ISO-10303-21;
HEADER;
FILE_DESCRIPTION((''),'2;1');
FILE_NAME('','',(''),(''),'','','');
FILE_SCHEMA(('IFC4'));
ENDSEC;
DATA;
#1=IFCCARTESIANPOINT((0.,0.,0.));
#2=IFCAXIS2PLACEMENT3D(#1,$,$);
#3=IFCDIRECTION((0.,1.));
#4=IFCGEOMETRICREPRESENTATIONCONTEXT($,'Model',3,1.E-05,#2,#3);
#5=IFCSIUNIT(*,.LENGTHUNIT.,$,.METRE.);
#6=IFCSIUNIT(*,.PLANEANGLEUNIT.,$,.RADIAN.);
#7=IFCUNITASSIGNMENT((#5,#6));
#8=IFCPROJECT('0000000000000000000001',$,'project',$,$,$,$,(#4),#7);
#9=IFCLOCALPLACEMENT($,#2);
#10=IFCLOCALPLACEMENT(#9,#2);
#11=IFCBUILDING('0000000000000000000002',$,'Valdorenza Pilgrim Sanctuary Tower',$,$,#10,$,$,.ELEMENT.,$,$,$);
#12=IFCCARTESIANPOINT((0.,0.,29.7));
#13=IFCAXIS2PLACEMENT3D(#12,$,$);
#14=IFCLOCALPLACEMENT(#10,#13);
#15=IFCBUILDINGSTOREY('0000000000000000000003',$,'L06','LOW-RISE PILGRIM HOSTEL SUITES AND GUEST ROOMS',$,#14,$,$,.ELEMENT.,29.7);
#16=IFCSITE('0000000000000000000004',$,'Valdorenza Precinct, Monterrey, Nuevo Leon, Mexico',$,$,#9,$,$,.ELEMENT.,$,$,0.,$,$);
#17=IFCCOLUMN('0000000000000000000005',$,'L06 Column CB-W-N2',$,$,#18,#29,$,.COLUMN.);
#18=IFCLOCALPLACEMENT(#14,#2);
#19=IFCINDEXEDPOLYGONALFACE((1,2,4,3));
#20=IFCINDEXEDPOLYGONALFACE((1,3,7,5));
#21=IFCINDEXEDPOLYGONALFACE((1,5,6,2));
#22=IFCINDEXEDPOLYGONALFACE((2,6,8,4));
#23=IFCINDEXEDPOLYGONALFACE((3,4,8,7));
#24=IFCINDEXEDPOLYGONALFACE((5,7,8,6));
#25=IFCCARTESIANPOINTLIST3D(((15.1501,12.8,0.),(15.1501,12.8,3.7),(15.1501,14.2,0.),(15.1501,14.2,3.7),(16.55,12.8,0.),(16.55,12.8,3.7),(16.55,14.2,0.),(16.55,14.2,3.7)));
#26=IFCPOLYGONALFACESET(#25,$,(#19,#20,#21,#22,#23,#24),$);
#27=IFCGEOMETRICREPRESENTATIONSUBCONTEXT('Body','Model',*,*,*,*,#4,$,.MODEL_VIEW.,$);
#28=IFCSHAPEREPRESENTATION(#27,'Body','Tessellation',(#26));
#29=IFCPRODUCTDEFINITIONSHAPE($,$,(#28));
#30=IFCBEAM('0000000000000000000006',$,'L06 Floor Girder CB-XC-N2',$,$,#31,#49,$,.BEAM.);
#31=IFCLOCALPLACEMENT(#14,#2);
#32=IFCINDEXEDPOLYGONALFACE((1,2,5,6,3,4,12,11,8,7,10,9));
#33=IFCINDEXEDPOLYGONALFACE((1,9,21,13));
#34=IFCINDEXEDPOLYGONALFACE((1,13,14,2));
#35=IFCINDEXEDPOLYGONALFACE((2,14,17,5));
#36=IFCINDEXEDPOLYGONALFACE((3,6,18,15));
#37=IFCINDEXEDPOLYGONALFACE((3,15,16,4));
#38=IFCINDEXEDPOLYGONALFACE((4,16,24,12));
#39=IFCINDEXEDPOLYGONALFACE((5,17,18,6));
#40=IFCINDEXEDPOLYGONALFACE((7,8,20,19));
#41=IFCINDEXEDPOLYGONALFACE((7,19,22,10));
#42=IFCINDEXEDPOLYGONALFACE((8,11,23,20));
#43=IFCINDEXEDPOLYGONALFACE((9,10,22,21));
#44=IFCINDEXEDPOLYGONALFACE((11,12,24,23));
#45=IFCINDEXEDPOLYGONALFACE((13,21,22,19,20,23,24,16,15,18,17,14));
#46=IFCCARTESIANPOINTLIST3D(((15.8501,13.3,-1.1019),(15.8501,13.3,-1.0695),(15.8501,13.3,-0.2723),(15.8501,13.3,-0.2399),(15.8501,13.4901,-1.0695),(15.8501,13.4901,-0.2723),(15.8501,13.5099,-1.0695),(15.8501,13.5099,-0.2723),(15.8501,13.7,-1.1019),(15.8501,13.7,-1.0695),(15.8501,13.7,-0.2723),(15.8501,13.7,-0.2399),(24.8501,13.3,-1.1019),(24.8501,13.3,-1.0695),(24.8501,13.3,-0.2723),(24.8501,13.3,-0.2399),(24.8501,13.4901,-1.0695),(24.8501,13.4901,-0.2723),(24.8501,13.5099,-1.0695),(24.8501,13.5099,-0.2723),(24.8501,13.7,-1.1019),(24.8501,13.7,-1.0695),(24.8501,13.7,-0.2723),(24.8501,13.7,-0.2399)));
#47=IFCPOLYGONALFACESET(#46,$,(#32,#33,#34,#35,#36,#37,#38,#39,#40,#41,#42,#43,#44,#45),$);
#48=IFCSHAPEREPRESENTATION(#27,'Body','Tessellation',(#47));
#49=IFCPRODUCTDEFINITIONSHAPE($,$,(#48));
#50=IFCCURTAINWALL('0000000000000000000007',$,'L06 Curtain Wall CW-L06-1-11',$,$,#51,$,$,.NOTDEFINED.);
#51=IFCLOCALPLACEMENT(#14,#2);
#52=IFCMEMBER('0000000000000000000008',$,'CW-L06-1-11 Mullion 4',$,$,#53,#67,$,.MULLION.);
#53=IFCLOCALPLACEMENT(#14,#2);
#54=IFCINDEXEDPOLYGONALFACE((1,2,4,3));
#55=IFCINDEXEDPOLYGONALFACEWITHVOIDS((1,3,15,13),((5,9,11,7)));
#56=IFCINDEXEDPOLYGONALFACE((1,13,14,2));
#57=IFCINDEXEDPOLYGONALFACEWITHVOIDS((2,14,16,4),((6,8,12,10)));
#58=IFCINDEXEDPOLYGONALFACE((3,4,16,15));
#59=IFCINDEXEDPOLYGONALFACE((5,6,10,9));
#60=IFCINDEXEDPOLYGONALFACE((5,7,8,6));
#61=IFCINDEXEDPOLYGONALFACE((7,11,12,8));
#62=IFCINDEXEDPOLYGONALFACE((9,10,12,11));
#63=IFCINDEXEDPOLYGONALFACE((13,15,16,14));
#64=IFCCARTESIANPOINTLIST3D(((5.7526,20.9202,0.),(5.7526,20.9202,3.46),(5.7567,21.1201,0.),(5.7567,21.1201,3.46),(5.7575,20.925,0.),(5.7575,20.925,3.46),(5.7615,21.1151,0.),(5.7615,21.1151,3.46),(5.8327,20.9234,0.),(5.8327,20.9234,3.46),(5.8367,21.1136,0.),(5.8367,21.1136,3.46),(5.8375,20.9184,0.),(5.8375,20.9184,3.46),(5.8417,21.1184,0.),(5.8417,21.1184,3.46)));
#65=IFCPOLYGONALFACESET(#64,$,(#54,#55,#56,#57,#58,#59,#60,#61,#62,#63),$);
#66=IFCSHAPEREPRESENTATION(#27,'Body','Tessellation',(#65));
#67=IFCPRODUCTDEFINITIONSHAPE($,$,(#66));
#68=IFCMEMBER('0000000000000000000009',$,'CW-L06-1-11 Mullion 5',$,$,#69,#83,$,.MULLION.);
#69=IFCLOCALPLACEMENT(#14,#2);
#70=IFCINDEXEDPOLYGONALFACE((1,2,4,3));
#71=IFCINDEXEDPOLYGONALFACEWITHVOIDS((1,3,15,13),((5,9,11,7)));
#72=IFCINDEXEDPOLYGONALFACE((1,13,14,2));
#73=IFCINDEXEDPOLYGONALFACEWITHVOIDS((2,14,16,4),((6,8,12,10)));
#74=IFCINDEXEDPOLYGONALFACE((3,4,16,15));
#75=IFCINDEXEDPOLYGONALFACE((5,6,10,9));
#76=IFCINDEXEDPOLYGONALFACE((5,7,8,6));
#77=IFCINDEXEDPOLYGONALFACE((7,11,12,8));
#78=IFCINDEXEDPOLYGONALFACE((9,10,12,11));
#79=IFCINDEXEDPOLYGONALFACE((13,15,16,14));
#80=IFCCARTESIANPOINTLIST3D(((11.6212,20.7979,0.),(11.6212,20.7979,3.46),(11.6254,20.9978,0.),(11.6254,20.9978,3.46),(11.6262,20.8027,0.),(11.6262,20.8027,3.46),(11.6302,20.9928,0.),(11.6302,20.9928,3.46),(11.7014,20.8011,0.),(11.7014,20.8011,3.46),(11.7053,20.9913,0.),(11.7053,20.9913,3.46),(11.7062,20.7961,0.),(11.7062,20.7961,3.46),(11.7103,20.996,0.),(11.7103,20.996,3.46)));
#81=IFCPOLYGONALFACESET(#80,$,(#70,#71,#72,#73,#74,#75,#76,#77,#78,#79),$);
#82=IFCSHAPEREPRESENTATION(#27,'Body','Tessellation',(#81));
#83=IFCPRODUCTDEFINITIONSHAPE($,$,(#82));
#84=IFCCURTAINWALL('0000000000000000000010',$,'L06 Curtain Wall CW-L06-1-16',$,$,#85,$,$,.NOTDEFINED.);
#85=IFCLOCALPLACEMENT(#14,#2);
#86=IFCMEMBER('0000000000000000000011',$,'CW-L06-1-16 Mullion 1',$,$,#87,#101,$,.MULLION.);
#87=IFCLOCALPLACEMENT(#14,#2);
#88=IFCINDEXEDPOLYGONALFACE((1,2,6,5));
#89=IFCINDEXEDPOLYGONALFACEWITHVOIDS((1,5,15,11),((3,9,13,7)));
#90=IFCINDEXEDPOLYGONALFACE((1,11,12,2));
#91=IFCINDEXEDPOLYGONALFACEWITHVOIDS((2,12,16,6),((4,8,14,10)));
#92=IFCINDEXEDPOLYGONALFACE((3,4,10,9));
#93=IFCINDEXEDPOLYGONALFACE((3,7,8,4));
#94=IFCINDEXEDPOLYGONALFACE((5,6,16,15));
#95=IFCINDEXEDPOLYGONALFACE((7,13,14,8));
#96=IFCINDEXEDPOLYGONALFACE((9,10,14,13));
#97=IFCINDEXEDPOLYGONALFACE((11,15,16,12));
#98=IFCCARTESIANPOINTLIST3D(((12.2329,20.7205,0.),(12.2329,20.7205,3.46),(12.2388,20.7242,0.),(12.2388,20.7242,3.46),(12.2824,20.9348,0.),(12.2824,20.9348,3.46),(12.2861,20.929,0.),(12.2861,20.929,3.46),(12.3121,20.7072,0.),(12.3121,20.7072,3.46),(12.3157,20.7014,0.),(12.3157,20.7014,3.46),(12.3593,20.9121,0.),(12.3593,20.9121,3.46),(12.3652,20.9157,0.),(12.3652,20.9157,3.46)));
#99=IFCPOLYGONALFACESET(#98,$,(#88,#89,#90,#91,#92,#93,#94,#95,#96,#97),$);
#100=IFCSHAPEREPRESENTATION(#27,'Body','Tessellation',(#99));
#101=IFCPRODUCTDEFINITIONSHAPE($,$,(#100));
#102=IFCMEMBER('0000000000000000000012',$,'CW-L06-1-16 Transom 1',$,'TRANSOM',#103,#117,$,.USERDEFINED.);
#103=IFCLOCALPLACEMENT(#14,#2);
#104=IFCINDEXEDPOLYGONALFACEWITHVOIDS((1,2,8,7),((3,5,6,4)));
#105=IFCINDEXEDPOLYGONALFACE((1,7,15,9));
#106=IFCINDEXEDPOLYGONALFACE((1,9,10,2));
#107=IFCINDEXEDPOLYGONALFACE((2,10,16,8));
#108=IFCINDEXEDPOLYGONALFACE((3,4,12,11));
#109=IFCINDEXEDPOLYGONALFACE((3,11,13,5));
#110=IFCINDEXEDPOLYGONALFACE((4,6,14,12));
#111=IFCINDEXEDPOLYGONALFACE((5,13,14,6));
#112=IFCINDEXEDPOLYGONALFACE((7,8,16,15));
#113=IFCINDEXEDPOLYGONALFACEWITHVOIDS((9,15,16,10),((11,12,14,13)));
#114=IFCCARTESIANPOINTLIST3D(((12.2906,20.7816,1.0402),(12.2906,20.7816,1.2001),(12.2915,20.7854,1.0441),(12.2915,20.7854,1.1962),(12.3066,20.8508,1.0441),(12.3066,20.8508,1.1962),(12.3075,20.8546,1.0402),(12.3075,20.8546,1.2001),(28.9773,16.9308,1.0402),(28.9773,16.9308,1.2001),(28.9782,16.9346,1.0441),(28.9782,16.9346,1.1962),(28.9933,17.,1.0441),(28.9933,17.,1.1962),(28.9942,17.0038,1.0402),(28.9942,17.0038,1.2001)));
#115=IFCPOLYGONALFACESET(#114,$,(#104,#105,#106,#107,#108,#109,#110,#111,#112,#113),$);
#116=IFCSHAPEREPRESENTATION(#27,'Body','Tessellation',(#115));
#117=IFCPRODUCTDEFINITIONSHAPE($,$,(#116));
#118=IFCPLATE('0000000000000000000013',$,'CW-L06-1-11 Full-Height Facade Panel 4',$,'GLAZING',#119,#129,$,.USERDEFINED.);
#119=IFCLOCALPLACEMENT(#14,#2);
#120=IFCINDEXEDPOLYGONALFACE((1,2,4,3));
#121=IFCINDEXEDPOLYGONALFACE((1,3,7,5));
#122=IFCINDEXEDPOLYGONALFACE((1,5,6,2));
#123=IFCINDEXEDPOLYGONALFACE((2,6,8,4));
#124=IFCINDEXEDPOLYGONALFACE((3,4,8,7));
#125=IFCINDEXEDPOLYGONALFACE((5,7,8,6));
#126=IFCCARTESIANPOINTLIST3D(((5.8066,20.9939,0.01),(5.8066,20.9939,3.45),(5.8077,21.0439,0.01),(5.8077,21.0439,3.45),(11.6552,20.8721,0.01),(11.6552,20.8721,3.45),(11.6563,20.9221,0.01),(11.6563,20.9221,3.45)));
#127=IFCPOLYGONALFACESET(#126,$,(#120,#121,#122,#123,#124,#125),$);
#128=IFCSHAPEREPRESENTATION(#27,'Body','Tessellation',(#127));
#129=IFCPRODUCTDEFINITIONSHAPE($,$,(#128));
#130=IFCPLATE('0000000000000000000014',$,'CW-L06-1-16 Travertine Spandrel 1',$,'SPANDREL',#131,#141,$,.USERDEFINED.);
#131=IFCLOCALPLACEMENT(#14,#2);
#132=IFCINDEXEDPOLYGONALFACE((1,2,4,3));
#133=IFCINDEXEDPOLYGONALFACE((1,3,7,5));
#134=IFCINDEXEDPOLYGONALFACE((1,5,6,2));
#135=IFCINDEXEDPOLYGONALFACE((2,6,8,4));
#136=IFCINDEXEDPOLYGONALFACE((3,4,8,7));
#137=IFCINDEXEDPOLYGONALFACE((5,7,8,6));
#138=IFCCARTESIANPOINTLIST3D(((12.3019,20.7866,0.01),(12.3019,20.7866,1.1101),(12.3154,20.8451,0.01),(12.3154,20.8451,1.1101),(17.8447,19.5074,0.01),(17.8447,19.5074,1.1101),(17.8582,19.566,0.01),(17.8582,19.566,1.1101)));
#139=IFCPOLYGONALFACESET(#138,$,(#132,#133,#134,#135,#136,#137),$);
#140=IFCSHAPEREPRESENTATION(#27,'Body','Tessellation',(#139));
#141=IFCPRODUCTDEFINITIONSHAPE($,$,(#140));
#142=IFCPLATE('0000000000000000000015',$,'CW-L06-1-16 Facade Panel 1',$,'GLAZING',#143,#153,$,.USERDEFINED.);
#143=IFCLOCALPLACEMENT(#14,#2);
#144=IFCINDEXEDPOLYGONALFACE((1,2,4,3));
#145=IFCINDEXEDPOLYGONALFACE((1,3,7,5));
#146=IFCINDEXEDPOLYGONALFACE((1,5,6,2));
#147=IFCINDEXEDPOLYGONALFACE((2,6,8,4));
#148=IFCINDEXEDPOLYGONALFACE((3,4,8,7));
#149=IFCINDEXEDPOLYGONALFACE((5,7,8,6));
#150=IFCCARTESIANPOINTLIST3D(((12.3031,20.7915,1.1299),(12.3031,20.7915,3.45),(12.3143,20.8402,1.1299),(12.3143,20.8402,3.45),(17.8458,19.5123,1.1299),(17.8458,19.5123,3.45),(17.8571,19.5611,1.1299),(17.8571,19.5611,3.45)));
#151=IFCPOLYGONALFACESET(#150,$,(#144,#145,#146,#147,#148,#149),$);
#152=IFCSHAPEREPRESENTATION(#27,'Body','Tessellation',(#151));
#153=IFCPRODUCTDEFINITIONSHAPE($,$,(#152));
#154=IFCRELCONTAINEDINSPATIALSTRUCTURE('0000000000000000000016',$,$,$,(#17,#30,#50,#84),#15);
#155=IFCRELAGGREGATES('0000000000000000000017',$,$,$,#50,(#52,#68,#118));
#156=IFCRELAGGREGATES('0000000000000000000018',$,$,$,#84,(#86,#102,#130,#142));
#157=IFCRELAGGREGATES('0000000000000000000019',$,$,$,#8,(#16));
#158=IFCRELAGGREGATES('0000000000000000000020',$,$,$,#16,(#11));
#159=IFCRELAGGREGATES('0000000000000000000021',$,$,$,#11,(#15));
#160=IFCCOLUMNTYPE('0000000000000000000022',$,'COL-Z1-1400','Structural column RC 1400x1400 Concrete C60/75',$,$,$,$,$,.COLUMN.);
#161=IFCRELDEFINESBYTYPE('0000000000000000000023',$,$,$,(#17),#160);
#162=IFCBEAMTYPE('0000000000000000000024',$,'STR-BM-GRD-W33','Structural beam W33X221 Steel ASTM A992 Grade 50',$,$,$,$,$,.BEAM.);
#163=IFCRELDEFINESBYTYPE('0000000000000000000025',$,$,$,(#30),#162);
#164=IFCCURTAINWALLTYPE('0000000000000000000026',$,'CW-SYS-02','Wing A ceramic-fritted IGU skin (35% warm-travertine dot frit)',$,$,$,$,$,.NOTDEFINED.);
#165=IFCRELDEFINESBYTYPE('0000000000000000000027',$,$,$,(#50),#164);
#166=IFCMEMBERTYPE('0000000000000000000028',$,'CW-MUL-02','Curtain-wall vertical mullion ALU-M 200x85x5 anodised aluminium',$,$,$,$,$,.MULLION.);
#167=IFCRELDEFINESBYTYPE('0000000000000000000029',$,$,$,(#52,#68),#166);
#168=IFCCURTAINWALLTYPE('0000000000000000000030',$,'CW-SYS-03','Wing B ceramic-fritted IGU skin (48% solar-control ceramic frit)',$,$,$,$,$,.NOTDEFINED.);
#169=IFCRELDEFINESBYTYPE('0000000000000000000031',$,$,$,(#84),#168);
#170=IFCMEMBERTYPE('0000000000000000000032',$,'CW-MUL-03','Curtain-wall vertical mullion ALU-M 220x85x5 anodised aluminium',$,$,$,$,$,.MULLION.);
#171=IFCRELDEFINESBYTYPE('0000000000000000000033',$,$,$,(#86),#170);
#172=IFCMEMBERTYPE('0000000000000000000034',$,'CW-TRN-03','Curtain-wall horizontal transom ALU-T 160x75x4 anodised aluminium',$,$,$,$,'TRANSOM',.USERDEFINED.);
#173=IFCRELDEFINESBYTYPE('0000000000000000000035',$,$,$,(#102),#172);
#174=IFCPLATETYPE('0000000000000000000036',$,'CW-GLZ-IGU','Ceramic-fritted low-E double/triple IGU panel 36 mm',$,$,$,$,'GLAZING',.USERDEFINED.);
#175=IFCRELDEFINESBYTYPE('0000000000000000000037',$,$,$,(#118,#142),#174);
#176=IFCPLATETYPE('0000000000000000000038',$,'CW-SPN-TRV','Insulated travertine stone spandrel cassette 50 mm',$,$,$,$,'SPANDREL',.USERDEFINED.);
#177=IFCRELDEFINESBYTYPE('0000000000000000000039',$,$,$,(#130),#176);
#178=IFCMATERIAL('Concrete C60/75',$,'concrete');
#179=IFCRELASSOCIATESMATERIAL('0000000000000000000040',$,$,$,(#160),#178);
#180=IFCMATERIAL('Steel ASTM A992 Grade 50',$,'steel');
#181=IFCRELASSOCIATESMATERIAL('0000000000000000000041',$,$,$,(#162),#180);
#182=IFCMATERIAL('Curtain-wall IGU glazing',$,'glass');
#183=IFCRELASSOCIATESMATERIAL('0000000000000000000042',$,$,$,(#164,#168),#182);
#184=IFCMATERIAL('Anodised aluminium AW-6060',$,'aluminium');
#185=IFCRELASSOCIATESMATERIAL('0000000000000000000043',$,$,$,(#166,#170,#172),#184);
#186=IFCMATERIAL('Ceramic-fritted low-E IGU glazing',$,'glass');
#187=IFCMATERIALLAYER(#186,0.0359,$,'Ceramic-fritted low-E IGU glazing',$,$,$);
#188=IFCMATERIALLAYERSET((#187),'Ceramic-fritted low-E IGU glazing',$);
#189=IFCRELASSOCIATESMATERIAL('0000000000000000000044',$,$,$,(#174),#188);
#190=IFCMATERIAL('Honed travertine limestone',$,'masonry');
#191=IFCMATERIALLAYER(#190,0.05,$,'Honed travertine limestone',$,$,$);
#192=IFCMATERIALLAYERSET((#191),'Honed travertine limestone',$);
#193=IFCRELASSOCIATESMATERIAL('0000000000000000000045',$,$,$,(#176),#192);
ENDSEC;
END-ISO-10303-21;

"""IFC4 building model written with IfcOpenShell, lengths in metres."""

from ifc_helpers import new_model, si_unit, direction, frame, origin, origin_2d, place, context, subcontext, project, spatial, rectangle, hollow_rectangle, i_section, extrude, source, transform, mapped, material, layer, layer_set, material_profile, profile_set, type_object, element, aggregate, save


model = new_model("IFC4")

# Units and contexts
model_context = context("Model", 3, precision=1e-05, world=origin(), true_north=direction((0.0, 1.0)))
body_context = subcontext(model_context, "Body", "Model", "MODEL_VIEW")
ifc_project = project(units=[si_unit("LENGTHUNIT", "METRE"), si_unit("PLANEANGLEUNIT", "RADIAN")], contexts=[model_context])

# Site, building, storey
site_placement = place(None, origin())
site = spatial("IfcSite", under=ifc_project, at=site_placement, Name="Valdorenza Precinct, Monterrey, Nuevo Leon, Mexico", CompositionType="ELEMENT", RefElevation=0.0)
building_placement = place(site_placement, origin())
building = spatial("IfcBuilding", under=site, at=building_placement, Name="Valdorenza Pilgrim Sanctuary Tower", CompositionType="ELEMENT")
storey_placement = place(building_placement, frame((0.0, 0.0, 29.7)))
storey = spatial("IfcBuildingStorey", under=building, at=storey_placement, Name="L06", Description="LOW-RISE PILGRIM HOSTEL SUITES AND GUEST ROOMS", CompositionType="ELEMENT", Elevation=29.7)

# Column
ifc_material_1 = material(Name="Concrete C60/75", Category="concrete")
ifc_material_profile_1 = material_profile(ifc_material_1, rectangle(XDim=1.3999, YDim=1.3999, at=origin_2d()), Name="RC 1400x1400")
ifc_profile_set_1 = profile_set([ifc_material_profile_1], Name="Concrete C60/75")
column_type = type_object("IfcColumnType", Name="COL-Z1-1400", Description="Structural column RC 1400x1400 Concrete C60/75", PredefinedType="COLUMN", material=ifc_profile_set_1)
shared_shape_1 = source(origin(), body_context, "Body", "SweptSolid", [
    extrude(rectangle(XDim=1.3999, YDim=1.3999, at=origin_2d()), origin(), (0.0, 0.0, 1.0), 3.7),
])
column_placement = place(storey_placement, frame((15.8501, 13.5, 0.0), z_axis=(0.0, 0.0, 1.0), x_axis=(1.0, 0.0, 0.0)))
element("IfcColumn", 1, at=column_placement, inside=storey, type_object=column_type, Name="L06 Column CB-W-N2", PredefinedType="COLUMN", context=body_context, shape_type="MappedRepresentation", body=[
    mapped(shared_shape_1, transform((0.0, 0.0, 0.0), x_axis=(1.0, 0.0, 0.0), y_axis=(0.0, 1.0, 0.0), z_axis=(0.0, 0.0, 1.0), scale=1.0)),
])

# Beam
ifc_material_2 = material(Name="Steel ASTM A992 Grade 50", Category="steel")
ifc_material_profile_2 = material_profile(ifc_material_2, i_section(OverallWidth=0.3999, OverallDepth=0.8621, WebThickness=0.0198, FlangeThickness=0.0325, at=origin_2d()), Name="W33X221")
ifc_profile_set_2 = profile_set([ifc_material_profile_2], Name="Steel ASTM A992 Grade 50")
beam_type = type_object("IfcBeamType", Name="STR-BM-GRD-W33", Description="Structural beam W33X221 Steel ASTM A992 Grade 50", PredefinedType="BEAM", material=ifc_profile_set_2)
shared_shape_2 = source(origin(), body_context, "Body", "SweptSolid", [
    extrude(i_section(OverallWidth=0.3999, OverallDepth=0.8621, WebThickness=0.0198, FlangeThickness=0.0325, at=origin_2d()), origin(), (0.0, 0.0, 1.0), 9.0),
])
beam_placement = place(storey_placement, frame((15.8501, 13.5, -0.6709), z_axis=(1.0, 0.0, 0.0), x_axis=(0.0, 1.0, 0.0)))
element("IfcBeam", 2, at=beam_placement, inside=storey, type_object=beam_type, Name="L06 Floor Girder CB-XC-N2", PredefinedType="BEAM", context=body_context, shape_type="MappedRepresentation", body=[
    mapped(shared_shape_2, transform((0.0, 0.0, 0.0), x_axis=(1.0, 0.0, 0.0), y_axis=(0.0, 1.0, 0.0), z_axis=(0.0, 0.0, 1.0), scale=1.0)),
])

# Curtain walls, members
ifc_material_3 = material(Name="Curtain-wall IGU glazing", Category="glass")
curtain_wall_type_1 = type_object("IfcCurtainWallType", Name="CW-SYS-02", Description="Wing A ceramic-fritted IGU skin (35% warm-travertine dot frit)", PredefinedType="NOTDEFINED", material=ifc_material_3)
curtain_wall_1_placement = place(storey_placement, origin())
curtain_wall_1 = element("IfcCurtainWall", 3, at=curtain_wall_1_placement, inside=storey, type_object=curtain_wall_type_1, Name="L06 Curtain Wall CW-L06-1-11", PredefinedType="NOTDEFINED")
ifc_material_4 = material(Name="Anodised aluminium AW-6060", Category="aluminium")
ifc_material_profile_3 = material_profile(ifc_material_4, hollow_rectangle(XDim=0.085, YDim=0.2, WallThickness=0.0049, at=origin_2d()), Name="ALU-M 200x85x5")
ifc_profile_set_3 = profile_set([ifc_material_profile_3], Name="Anodised aluminium AW-6060")
member_type_1 = type_object("IfcMemberType", Name="CW-MUL-02", Description="Curtain-wall vertical mullion ALU-M 200x85x5 anodised aluminium", PredefinedType="MULLION", material=ifc_profile_set_3)
shared_shape_3 = source(origin(), body_context, "Body", "SweptSolid", [
    extrude(hollow_rectangle(XDim=0.085, YDim=0.2, WallThickness=0.0049, at=origin_2d()), origin(), (0.0, 0.0, 1.0), 3.46),
])
member_1_placement = place(storey_placement, frame((5.7971, 21.0193, 0.0), z_axis=(0.0, 0.0, 1.0), x_axis=(0.999783, -0.02082, 0.0)))
member_1 = element("IfcMember", 4, at=member_1_placement, type_object=member_type_1, Name="CW-L06-1-11 Mullion 4", PredefinedType="MULLION", context=body_context, shape_type="MappedRepresentation", body=[
    mapped(shared_shape_3, transform((0.0, 0.0, 0.0), x_axis=(1.0, 0.0, 0.0), y_axis=(0.0, 1.0, 0.0), z_axis=(0.0, 0.0, 1.0), scale=1.0)),
])
member_2_placement = place(storey_placement, frame((11.6658, 20.897, 0.0), z_axis=(0.0, 0.0, 1.0), x_axis=(0.999783, -0.02082, 0.0)))
member_2 = element("IfcMember", 5, at=member_2_placement, type_object=member_type_1, Name="CW-L06-1-11 Mullion 5", PredefinedType="MULLION", context=body_context, shape_type="MappedRepresentation", body=[
    mapped(shared_shape_3, transform((0.0, 0.0, 0.0), x_axis=(1.0, 0.0, 0.0), y_axis=(0.0, 1.0, 0.0), z_axis=(0.0, 0.0, 1.0), scale=1.0)),
])
curtain_wall_type_2 = type_object("IfcCurtainWallType", Name="CW-SYS-03", Description="Wing B ceramic-fritted IGU skin (48% solar-control ceramic frit)", PredefinedType="NOTDEFINED", material=ifc_material_3)
curtain_wall_2_placement = place(storey_placement, origin())
curtain_wall_2 = element("IfcCurtainWall", 6, at=curtain_wall_2_placement, inside=storey, type_object=curtain_wall_type_2, Name="L06 Curtain Wall CW-L06-1-16", PredefinedType="NOTDEFINED")
ifc_material_profile_4 = material_profile(ifc_material_4, hollow_rectangle(XDim=0.085, YDim=0.22, WallThickness=0.0049, at=origin_2d()), Name="ALU-M 220x85x5")
ifc_profile_set_4 = profile_set([ifc_material_profile_4], Name="Anodised aluminium AW-6060")
member_type_2 = type_object("IfcMemberType", Name="CW-MUL-03", Description="Curtain-wall vertical mullion ALU-M 220x85x5 anodised aluminium", PredefinedType="MULLION", material=ifc_profile_set_4)
shared_shape_4 = source(origin(), body_context, "Body", "SweptSolid", [
    extrude(hollow_rectangle(XDim=0.085, YDim=0.22, WallThickness=0.0049, at=origin_2d()), origin(), (0.0, 0.0, 1.0), 3.46),
])
member_3_placement = place(storey_placement, frame((12.2991, 20.8181, 0.0), z_axis=(0.0, 0.0, 1.0), x_axis=(0.97439, -0.224866, 0.0)))
member_3 = element("IfcMember", 7, at=member_3_placement, type_object=member_type_2, Name="CW-L06-1-16 Mullion 1", PredefinedType="MULLION", context=body_context, shape_type="MappedRepresentation", body=[
    mapped(shared_shape_4, transform((0.0, 0.0, 0.0), x_axis=(1.0, 0.0, 0.0), y_axis=(0.0, 1.0, 0.0), z_axis=(0.0, 0.0, 1.0), scale=1.0)),
])
ifc_material_profile_5 = material_profile(ifc_material_4, hollow_rectangle(XDim=0.075, YDim=0.1599, WallThickness=0.0039, at=origin_2d()), Name="ALU-T 160x75x4")
ifc_profile_set_5 = profile_set([ifc_material_profile_5], Name="Anodised aluminium AW-6060")
member_type_3 = type_object("IfcMemberType", Name="CW-TRN-03", Description="Curtain-wall horizontal transom ALU-T 160x75x4 anodised aluminium", ElementType="TRANSOM", PredefinedType="USERDEFINED", material=ifc_profile_set_5)
shared_shape_5 = source(origin(), body_context, "Body", "SweptSolid", [
    extrude(hollow_rectangle(XDim=0.075, YDim=0.1599, WallThickness=0.0039, at=origin_2d()), origin(), (0.0, 0.0, 1.0), 17.1252),
])
member_4_placement = place(storey_placement, frame((12.2991, 20.8181, 1.1201), z_axis=(0.974391, -0.224862, 0.0), x_axis=(0.224862, 0.974391, 0.0)))
member_4 = element("IfcMember", 8, at=member_4_placement, type_object=member_type_3, Name="CW-L06-1-16 Transom 1", ObjectType="TRANSOM", PredefinedType="USERDEFINED", context=body_context, shape_type="MappedRepresentation", body=[
    mapped(shared_shape_5, transform((0.0, 0.0, 0.0), x_axis=(1.0, 0.0, 0.0), y_axis=(0.0, 1.0, 0.0), z_axis=(0.0, 0.0, 1.0), scale=1.0)),
])

# Plates
ifc_material_5 = material(Name="Ceramic-fritted low-E IGU glazing", Category="glass")
ifc_layer_1 = layer(ifc_material_5, 0.0359, Name="Ceramic-fritted low-E IGU glazing")
ifc_layer_set_1 = layer_set([ifc_layer_1], Name="Ceramic-fritted low-E IGU glazing")
plate_type_1 = type_object("IfcPlateType", Name="CW-GLZ-IGU", Description="Ceramic-fritted low-E double/triple IGU panel 36 mm", ElementType="GLAZING", PredefinedType="USERDEFINED", material=ifc_layer_set_1)
shared_shape_6 = source(origin(), body_context, "Body", "SweptSolid", [
    extrude(rectangle(XDim=5.8499, YDim=0.05, at=origin_2d()), origin(), (0.0, 0.0, 1.0), 3.4399),
])
plate_1_placement = place(storey_placement, frame((8.7314, 20.958, 0.01), z_axis=(0.0, 0.0, 1.0), x_axis=(0.999783, -0.02082, 0.0)))
plate_1 = element("IfcPlate", 9, at=plate_1_placement, type_object=plate_type_1, Name="CW-L06-1-11 Full-Height Facade Panel 4", ObjectType="GLAZING", PredefinedType="USERDEFINED", context=body_context, shape_type="MappedRepresentation", body=[
    mapped(shared_shape_6, transform((0.0, 0.0, 0.0), x_axis=(1.0, 0.0, 0.0), y_axis=(0.0, 1.0, 0.0), z_axis=(0.0, 0.0, 1.0), scale=1.0)),
])
aggregate(curtain_wall_1, [member_1, member_2, plate_1])
ifc_material_6 = material(Name="Honed travertine limestone", Category="masonry")
ifc_layer_2 = layer(ifc_material_6, 0.05, Name="Honed travertine limestone")
ifc_layer_set_2 = layer_set([ifc_layer_2], Name="Honed travertine limestone")
plate_type_2 = type_object("IfcPlateType", Name="CW-SPN-TRV", Description="Insulated travertine stone spandrel cassette 50 mm", ElementType="SPANDREL", PredefinedType="USERDEFINED", material=ifc_layer_set_2)
shared_shape_7 = source(origin(), body_context, "Body", "SweptSolid", [
    extrude(rectangle(XDim=5.6885, YDim=0.0601, at=origin_2d()), origin(), (0.0, 0.0, 1.0), 1.1001),
])
plate_2_placement = place(storey_placement, frame((15.0801, 20.1763, 0.01), z_axis=(0.0, 0.0, 1.0), x_axis=(0.97439, -0.224866, 0.0)))
plate_2 = element("IfcPlate", 10, at=plate_2_placement, type_object=plate_type_2, Name="CW-L06-1-16 Travertine Spandrel 1", ObjectType="SPANDREL", PredefinedType="USERDEFINED", context=body_context, shape_type="MappedRepresentation", body=[
    mapped(shared_shape_7, transform((0.0, 0.0, 0.0), x_axis=(1.0, 0.0, 0.0), y_axis=(0.0, 1.0, 0.0), z_axis=(0.0, 0.0, 1.0), scale=1.0)),
])
shared_shape_8 = source(origin(), body_context, "Body", "SweptSolid", [
    extrude(rectangle(XDim=5.6885, YDim=0.05, at=origin_2d()), origin(), (0.0, 0.0, 1.0), 2.3201),
])
plate_3_placement = place(storey_placement, frame((15.0801, 20.1763, 1.1299), z_axis=(0.0, 0.0, 1.0), x_axis=(0.97439, -0.224866, 0.0)))
plate_3 = element("IfcPlate", 11, at=plate_3_placement, type_object=plate_type_1, Name="CW-L06-1-16 Facade Panel 1", ObjectType="GLAZING", PredefinedType="USERDEFINED", context=body_context, shape_type="MappedRepresentation", body=[
    mapped(shared_shape_8, transform((0.0, 0.0, 0.0), x_axis=(1.0, 0.0, 0.0), y_axis=(0.0, 1.0, 0.0), z_axis=(0.0, 0.0, 1.0), scale=1.0)),
])
aggregate(curtain_wall_2, [member_3, member_4, plate_2, plate_3])

save(model, "model.ifc")
